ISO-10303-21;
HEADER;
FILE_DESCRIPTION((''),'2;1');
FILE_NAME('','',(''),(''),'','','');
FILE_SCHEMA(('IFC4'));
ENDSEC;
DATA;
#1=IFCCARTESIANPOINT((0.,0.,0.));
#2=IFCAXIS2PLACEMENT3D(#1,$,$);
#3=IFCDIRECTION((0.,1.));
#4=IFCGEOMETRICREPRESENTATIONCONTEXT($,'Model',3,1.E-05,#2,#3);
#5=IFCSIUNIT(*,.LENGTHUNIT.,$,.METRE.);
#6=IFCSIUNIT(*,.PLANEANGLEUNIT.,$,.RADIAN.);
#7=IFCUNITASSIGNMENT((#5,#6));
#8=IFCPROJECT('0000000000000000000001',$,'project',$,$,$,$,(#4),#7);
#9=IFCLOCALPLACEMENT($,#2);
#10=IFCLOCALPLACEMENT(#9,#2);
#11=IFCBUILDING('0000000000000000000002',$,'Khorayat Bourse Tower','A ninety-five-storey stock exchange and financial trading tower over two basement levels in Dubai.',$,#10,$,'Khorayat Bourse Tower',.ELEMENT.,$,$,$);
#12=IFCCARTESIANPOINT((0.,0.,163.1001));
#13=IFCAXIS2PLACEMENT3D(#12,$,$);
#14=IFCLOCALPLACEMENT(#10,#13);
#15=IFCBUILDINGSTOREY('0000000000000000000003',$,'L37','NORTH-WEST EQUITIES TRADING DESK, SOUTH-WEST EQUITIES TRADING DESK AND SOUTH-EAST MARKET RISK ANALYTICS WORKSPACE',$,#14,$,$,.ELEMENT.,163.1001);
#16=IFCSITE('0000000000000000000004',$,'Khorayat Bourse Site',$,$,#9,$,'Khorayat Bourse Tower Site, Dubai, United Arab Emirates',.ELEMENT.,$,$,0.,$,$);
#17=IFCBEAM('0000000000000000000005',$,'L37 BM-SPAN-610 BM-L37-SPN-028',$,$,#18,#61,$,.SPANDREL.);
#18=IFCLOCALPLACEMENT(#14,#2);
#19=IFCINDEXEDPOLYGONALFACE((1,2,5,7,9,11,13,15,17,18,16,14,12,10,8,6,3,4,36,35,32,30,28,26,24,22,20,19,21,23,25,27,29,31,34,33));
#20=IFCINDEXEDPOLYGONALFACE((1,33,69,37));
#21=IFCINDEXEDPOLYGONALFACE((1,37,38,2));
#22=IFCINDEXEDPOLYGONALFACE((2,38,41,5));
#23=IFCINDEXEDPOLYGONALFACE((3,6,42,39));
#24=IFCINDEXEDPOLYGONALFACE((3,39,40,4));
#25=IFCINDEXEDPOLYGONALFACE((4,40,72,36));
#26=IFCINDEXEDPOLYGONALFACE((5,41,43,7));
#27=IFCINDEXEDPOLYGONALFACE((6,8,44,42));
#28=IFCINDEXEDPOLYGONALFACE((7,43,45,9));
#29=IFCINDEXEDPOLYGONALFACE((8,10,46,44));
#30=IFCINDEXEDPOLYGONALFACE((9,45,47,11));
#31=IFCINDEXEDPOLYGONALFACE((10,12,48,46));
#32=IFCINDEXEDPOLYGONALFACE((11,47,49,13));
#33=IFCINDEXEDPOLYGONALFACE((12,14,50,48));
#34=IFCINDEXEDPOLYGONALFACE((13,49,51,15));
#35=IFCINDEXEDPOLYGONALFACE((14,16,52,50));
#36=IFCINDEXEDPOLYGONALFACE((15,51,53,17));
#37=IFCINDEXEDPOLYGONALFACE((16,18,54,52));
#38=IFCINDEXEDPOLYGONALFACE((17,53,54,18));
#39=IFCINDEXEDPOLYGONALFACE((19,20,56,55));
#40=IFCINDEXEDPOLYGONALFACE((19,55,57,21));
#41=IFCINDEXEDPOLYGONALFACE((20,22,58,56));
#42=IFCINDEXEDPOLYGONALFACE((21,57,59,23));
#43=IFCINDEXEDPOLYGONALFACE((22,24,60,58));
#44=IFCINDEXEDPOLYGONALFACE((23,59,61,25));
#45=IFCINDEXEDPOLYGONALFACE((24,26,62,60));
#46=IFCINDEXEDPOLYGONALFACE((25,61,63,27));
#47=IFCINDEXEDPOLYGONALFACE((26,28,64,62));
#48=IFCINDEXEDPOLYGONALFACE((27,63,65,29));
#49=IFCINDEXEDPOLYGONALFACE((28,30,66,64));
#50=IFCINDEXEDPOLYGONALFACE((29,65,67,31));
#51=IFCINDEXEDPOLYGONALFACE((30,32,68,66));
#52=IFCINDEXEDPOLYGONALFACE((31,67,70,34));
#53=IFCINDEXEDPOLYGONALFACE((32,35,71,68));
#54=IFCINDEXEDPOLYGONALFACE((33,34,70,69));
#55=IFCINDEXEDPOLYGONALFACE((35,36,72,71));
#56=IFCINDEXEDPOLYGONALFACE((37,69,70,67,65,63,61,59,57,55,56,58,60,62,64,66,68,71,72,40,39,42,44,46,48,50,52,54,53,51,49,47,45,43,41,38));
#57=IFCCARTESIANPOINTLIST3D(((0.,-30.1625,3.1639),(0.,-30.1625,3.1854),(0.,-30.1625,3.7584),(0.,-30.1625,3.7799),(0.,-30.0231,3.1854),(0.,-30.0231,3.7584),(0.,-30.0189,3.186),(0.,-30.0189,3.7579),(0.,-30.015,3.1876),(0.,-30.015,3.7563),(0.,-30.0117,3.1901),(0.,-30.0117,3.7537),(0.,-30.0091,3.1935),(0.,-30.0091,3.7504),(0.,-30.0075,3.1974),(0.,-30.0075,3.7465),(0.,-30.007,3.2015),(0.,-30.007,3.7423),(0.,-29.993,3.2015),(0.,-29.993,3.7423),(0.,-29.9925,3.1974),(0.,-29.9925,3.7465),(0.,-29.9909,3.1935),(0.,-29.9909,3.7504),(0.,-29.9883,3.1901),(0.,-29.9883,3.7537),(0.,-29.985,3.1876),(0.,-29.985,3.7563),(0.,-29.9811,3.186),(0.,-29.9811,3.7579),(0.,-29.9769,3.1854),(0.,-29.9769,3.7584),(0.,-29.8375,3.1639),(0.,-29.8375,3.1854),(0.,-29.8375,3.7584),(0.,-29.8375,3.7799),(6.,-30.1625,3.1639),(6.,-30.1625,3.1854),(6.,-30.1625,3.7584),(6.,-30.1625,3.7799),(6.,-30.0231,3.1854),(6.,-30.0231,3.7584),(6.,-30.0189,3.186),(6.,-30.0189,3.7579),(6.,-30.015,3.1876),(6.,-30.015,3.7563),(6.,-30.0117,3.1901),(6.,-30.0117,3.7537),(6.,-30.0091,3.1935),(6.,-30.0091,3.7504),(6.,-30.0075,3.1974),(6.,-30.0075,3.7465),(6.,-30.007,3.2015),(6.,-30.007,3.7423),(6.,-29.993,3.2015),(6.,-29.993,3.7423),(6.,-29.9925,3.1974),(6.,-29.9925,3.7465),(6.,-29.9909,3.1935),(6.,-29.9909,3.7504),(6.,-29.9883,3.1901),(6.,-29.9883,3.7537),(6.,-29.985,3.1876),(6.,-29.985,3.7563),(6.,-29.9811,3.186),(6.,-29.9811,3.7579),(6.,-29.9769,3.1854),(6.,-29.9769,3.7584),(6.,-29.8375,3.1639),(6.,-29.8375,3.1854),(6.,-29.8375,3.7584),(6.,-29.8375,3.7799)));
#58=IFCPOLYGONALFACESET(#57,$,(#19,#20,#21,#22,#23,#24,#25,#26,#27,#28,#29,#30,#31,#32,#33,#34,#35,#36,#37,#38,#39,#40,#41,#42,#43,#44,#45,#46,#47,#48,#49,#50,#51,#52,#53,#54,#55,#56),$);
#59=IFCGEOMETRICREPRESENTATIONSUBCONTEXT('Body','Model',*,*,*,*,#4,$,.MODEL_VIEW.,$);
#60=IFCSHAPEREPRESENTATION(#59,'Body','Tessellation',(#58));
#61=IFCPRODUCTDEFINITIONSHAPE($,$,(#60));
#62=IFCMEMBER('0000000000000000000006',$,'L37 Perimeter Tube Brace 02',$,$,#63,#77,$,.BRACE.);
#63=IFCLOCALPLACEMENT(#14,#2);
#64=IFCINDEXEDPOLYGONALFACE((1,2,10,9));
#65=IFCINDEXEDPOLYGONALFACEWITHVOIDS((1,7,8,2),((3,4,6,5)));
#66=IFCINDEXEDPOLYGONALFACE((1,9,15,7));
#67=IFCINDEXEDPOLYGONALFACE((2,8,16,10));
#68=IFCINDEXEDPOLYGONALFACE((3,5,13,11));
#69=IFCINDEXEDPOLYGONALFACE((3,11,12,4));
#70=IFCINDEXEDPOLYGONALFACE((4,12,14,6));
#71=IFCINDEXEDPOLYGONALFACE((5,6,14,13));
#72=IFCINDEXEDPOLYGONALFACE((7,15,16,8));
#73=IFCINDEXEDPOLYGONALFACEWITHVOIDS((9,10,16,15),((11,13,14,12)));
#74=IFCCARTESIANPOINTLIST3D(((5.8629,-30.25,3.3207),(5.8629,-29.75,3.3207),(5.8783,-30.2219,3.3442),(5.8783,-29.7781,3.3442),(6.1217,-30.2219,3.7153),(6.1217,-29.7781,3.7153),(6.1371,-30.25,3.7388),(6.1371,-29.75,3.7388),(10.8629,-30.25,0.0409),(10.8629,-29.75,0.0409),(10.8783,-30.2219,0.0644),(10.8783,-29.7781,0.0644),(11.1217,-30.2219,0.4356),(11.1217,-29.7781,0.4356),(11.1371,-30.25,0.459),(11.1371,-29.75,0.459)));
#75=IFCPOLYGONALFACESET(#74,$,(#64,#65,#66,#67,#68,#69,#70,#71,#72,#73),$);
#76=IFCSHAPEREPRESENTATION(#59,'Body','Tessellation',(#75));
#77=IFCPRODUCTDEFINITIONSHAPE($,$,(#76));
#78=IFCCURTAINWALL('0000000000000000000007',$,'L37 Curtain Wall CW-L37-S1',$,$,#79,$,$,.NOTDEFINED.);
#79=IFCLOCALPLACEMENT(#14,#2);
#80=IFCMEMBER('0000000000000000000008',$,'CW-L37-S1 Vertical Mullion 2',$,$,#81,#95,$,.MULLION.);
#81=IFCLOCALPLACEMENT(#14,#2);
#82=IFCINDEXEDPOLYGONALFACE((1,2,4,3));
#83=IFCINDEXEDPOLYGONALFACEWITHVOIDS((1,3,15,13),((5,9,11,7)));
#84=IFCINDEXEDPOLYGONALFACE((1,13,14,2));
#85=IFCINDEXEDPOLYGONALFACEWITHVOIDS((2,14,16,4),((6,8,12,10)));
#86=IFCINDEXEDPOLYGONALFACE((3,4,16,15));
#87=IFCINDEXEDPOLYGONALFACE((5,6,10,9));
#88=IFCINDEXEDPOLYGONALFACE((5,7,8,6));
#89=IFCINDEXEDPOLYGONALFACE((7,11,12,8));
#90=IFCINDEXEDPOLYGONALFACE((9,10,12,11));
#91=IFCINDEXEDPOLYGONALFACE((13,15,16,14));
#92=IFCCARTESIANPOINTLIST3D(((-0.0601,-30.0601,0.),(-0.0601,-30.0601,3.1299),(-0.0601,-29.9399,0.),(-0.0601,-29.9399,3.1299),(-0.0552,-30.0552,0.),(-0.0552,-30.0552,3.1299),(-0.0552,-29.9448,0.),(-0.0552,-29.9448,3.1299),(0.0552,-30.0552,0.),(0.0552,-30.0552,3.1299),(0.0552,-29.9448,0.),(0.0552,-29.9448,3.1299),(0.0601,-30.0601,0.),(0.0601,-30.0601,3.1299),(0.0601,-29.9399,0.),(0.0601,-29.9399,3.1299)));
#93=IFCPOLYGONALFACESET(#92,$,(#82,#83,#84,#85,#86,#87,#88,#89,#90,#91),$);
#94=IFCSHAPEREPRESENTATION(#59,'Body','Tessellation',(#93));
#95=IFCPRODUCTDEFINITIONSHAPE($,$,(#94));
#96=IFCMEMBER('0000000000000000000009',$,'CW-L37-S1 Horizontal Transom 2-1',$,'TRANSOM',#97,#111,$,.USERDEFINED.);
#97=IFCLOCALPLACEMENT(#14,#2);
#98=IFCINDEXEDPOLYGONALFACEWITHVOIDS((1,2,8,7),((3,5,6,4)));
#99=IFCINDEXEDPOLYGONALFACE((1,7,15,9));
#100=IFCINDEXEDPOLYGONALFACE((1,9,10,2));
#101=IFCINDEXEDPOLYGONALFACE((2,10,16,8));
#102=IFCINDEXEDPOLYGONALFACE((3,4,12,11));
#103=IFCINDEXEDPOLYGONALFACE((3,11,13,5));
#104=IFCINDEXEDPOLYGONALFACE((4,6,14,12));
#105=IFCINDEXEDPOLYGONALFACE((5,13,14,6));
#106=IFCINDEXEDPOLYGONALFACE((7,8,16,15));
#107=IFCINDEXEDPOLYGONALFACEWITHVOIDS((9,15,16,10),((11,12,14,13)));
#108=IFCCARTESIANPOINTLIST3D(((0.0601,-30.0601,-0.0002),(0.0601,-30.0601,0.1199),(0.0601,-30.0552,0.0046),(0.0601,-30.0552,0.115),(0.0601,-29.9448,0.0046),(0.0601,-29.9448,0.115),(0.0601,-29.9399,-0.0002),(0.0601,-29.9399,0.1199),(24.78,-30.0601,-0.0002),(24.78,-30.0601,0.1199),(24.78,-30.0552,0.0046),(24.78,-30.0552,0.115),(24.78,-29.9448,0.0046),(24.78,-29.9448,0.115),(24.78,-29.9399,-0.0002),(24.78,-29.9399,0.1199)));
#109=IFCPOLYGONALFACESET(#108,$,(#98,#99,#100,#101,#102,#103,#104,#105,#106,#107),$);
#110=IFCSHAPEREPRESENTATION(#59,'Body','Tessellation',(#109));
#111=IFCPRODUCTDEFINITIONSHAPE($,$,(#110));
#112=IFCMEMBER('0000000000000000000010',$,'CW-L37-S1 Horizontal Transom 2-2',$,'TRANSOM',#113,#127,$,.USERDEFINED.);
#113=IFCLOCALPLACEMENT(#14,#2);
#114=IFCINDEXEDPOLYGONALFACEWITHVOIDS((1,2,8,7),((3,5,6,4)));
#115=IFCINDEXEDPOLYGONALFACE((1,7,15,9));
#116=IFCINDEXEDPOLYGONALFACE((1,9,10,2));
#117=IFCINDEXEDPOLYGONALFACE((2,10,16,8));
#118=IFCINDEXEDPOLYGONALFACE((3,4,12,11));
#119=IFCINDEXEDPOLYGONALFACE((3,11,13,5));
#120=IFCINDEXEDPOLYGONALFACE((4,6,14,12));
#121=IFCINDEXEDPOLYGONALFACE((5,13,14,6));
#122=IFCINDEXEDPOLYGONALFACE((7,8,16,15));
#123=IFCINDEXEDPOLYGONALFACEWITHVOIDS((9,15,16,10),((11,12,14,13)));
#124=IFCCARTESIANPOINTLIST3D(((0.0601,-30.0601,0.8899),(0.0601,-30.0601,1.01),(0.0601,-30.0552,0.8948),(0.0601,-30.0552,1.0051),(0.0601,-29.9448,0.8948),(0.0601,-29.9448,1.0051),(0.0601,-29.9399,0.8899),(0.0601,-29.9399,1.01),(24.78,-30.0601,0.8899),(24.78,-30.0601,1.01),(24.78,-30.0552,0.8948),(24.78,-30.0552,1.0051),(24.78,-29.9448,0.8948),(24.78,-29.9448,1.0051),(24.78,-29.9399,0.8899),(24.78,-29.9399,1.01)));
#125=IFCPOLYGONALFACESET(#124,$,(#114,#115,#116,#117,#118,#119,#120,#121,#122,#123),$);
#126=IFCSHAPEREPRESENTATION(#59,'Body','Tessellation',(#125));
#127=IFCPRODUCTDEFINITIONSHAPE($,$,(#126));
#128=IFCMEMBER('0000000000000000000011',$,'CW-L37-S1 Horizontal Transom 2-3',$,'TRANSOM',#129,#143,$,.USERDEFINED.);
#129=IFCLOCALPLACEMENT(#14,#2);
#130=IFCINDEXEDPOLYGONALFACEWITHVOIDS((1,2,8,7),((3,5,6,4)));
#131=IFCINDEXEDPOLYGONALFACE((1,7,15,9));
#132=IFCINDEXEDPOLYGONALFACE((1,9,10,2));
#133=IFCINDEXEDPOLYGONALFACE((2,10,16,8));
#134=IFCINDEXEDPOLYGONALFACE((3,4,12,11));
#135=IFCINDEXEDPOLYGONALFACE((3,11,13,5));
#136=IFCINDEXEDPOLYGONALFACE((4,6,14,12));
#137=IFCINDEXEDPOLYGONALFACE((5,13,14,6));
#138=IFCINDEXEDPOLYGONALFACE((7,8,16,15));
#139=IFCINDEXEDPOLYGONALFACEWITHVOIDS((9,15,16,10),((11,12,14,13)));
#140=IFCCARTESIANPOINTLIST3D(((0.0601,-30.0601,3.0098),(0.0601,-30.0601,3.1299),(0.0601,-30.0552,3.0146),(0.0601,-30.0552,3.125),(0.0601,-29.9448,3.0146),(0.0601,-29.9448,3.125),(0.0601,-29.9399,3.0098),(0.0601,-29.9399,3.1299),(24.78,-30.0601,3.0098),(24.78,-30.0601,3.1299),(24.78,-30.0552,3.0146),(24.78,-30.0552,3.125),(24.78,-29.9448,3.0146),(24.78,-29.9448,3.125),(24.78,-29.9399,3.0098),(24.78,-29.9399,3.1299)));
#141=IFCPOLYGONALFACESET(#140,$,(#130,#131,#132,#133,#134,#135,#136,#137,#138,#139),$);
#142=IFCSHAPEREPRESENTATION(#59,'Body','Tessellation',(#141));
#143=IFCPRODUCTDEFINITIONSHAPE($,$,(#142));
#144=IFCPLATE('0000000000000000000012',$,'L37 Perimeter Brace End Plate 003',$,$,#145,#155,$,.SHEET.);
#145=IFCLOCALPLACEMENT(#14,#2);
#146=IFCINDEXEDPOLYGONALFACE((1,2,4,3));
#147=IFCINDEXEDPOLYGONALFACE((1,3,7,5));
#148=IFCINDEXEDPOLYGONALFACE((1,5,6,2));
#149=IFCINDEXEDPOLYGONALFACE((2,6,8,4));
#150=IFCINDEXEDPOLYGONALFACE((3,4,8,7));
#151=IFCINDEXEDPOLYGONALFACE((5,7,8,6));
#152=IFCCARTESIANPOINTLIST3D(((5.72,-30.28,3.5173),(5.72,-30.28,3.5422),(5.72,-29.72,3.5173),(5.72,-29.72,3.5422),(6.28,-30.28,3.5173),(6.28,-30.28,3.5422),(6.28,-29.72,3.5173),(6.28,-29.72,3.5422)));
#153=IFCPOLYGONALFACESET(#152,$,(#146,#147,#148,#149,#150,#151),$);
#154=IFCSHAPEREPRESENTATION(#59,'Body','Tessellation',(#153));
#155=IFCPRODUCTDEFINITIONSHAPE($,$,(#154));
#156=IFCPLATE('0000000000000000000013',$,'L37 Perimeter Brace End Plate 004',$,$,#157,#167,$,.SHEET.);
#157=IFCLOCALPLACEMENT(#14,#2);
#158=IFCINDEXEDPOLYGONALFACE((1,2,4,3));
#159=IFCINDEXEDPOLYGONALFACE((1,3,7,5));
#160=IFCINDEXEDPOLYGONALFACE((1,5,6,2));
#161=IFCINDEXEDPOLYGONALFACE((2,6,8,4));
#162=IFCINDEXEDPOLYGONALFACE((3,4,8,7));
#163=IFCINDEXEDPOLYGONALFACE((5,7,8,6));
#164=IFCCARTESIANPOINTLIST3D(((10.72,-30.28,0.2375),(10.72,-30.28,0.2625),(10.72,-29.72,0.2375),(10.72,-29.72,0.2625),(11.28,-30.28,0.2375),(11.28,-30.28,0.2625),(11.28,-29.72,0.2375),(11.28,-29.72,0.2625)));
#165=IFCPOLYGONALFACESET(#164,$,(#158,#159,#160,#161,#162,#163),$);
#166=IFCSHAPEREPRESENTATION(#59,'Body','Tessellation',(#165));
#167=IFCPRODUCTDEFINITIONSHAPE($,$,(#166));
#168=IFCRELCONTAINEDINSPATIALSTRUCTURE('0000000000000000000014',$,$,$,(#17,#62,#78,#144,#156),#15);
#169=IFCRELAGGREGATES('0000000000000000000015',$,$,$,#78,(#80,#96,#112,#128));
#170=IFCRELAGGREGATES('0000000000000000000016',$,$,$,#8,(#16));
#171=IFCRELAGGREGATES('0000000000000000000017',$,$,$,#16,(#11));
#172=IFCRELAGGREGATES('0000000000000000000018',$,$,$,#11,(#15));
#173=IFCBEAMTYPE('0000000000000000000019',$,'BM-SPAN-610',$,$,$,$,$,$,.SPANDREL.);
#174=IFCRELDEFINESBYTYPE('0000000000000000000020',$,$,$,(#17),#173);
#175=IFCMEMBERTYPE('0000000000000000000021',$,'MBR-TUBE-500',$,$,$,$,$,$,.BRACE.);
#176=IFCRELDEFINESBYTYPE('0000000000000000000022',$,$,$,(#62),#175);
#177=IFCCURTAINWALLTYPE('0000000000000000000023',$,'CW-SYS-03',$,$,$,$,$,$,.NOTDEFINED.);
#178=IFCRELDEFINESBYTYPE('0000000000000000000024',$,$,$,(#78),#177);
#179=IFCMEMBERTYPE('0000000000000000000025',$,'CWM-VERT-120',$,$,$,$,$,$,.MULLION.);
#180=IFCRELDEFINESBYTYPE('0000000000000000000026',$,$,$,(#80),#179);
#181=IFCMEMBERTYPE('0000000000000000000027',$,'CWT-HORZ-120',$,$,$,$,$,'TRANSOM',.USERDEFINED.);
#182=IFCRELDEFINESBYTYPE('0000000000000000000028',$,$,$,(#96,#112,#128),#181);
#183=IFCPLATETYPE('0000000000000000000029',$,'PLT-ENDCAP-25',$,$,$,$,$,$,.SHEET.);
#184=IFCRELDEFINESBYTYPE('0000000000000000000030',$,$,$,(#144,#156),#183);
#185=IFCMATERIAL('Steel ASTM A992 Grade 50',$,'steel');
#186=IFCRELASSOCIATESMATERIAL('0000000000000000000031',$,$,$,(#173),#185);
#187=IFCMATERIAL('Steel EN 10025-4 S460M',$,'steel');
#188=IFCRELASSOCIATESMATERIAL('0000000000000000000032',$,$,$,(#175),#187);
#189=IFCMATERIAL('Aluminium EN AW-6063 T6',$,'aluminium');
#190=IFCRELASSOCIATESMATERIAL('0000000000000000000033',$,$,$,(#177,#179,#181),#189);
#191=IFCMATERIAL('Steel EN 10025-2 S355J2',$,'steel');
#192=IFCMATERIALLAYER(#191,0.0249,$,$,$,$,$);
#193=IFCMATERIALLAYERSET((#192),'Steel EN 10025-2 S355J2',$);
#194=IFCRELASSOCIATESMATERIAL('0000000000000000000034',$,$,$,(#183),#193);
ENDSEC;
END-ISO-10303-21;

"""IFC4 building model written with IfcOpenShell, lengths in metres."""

from ifc_helpers import new_model, si_unit, direction, frame, origin, origin_2d, place, context, subcontext, project, spatial, rectangle, hollow_rectangle, i_section, extrude, source, transform, mapped, material, layer, layer_set, material_profile, profile_set, type_object, element, aggregate, save


model = new_model("IFC4")

# Units and contexts
model_context = context("Model", 3, precision=1e-05, world=origin(), true_north=direction((0.0, 1.0)))
body_context = subcontext(model_context, "Body", "Model", "MODEL_VIEW")
ifc_project = project(units=[si_unit("LENGTHUNIT", "METRE"), si_unit("PLANEANGLEUNIT", "RADIAN")], contexts=[model_context])

# Site, building, storey
site_placement = place(None, origin())
site = spatial("IfcSite", under=ifc_project, at=site_placement, Name="Khorayat Bourse Site", LongName="Khorayat Bourse Tower Site, Dubai, United Arab Emirates", CompositionType="ELEMENT", RefElevation=0.0)
building_placement = place(site_placement, origin())
building = spatial("IfcBuilding", under=site, at=building_placement, Name="Khorayat Bourse Tower", Description="A ninety-five-storey stock exchange and financial trading tower over two basement levels in Dubai.", LongName="Khorayat Bourse Tower", CompositionType="ELEMENT")
storey_placement = place(building_placement, frame((0.0, 0.0, 163.1001)))
storey = spatial("IfcBuildingStorey", under=building, at=storey_placement, Name="L37", Description="NORTH-WEST EQUITIES TRADING DESK, SOUTH-WEST EQUITIES TRADING DESK AND SOUTH-EAST MARKET RISK ANALYTICS WORKSPACE", CompositionType="ELEMENT", Elevation=163.1001)

# Shared definitions
ifc_material_1 = material(Name="Steel EN 10025-4 S460M", Category="steel")

# Beam
ifc_material_2 = material(Name="Steel ASTM A992 Grade 50", Category="steel")
ifc_material_profile_1 = material_profile(ifc_material_2, i_section(OverallWidth=0.325, OverallDepth=0.616, WebThickness=0.0139, FlangeThickness=0.0215, FilletRadius=0.0161, at=origin_2d()), Name="W610X174")
ifc_profile_set_1 = profile_set([ifc_material_profile_1], Name="Steel ASTM A992 Grade 50")
beam_type_1 = type_object("IfcBeamType", Name="BM-SPAN-610", PredefinedType="SPANDREL", material=ifc_profile_set_1)
shared_shape_1 = source(origin(), body_context, "Body", "SweptSolid", [
    extrude(i_section(OverallWidth=0.325, OverallDepth=0.616, WebThickness=0.0139, FlangeThickness=0.0215, FilletRadius=0.0161, at=origin_2d()), origin(), (0.0, 0.0, 1.0), 6.0),
])
beam_1_placement = place(storey_placement, frame((0.0, -30.0, 3.4719), z_axis=(1.0, 0.0, 0.0), x_axis=(0.0, 1.0, 0.0)))
element("IfcBeam", 1, at=beam_1_placement, inside=storey, type_object=beam_type_1, Name="L37 BM-SPAN-610 BM-L37-SPN-028", PredefinedType="SPANDREL", context=body_context, shape_type="MappedRepresentation", body=[
    mapped(shared_shape_1, transform((0.0, 0.0, 0.0), scale=1.0)),
])

# Member
ifc_material_profile_2 = material_profile(ifc_material_1, hollow_rectangle(XDim=0.5, YDim=0.5, WallThickness=0.0281, at=origin_2d()), Name="HSS 500x500x28")
ifc_profile_set_2 = profile_set([ifc_material_profile_2], Name="Steel EN 10025-4 S460M")
member_type_1 = type_object("IfcMemberType", Name="MBR-TUBE-500", PredefinedType="BRACE", material=ifc_profile_set_2)
shared_shape_2 = source(origin(), body_context, "Body", "SweptSolid", [
    extrude(hollow_rectangle(XDim=0.5, YDim=0.5, WallThickness=0.0281, at=origin_2d()), origin(), (0.0, 0.0, 1.0), 5.9797),
])
member_1_placement = place(storey_placement, frame((6.0, -30.0, 3.5298), z_axis=(0.83616, 0.0, -0.548485), x_axis=(0.0, 1.0, 0.0)))
element("IfcMember", 2, at=member_1_placement, inside=storey, type_object=member_type_1, Name="L37 Perimeter Tube Brace 02", PredefinedType="BRACE", context=body_context, shape_type="MappedRepresentation", body=[
    mapped(shared_shape_2, transform((0.0, 0.0, 0.0), scale=1.0)),
])

# Curtain wall, members
ifc_material_3 = material(Name="Aluminium EN AW-6063 T6", Category="aluminium")
curtain_wall_type = type_object("IfcCurtainWallType", Name="CW-SYS-03", PredefinedType="NOTDEFINED", material=ifc_material_3)
curtain_wall_placement = place(storey_placement, origin())
curtain_wall = element("IfcCurtainWall", 3, at=curtain_wall_placement, inside=storey, type_object=curtain_wall_type, Name="L37 Curtain Wall CW-L37-S1", PredefinedType="NOTDEFINED")
ifc_material_profile_3 = material_profile(ifc_material_3, hollow_rectangle(XDim=0.1201, YDim=0.1201, WallThickness=0.0049, at=origin_2d()), Name="ALU 120x120x5")
ifc_profile_set_3 = profile_set([ifc_material_profile_3], Name="Aluminium EN AW-6063 T6")
member_type_2 = type_object("IfcMemberType", Name="CWM-VERT-120", PredefinedType="MULLION", material=ifc_profile_set_3)
shared_shape_3 = source(origin(), body_context, "Body", "SweptSolid", [
    extrude(hollow_rectangle(XDim=0.1201, YDim=0.1201, WallThickness=0.0049, at=origin_2d()), origin(), (0.0, 0.0, 1.0), 3.1299),
])
member_2_placement = place(storey_placement, frame((0.0, -30.0, 0.0), z_axis=(0.0, 0.0, 1.0), x_axis=(0.0, 1.0, 0.0)))
member_2 = element("IfcMember", 4, at=member_2_placement, type_object=member_type_2, Name="CW-L37-S1 Vertical Mullion 2", PredefinedType="MULLION", context=body_context, shape_type="MappedRepresentation", body=[
    mapped(shared_shape_3, transform((0.0, 0.0, 0.0), scale=1.0)),
])
ifc_material_profile_4 = material_profile(ifc_material_3, hollow_rectangle(XDim=0.1201, YDim=0.1201, WallThickness=0.0049, at=origin_2d()), Name="ALU 120x120x5")
ifc_profile_set_4 = profile_set([ifc_material_profile_4], Name="Aluminium EN AW-6063 T6")
member_type_3 = type_object("IfcMemberType", Name="CWT-HORZ-120", ElementType="TRANSOM", PredefinedType="USERDEFINED", material=ifc_profile_set_4)
shared_shape_4 = source(origin(), body_context, "Body", "SweptSolid", [
    extrude(hollow_rectangle(XDim=0.1201, YDim=0.1201, WallThickness=0.0049, at=origin_2d()), origin(), (0.0, 0.0, 1.0), 24.72),
])
member_3_placement = place(storey_placement, frame((0.0601, -30.0, 0.0598), z_axis=(1.0, 0.0, 0.0), x_axis=(0.0, 1.0, 0.0)))
member_3 = element("IfcMember", 5, at=member_3_placement, type_object=member_type_3, Name="CW-L37-S1 Horizontal Transom 2-1", ObjectType="TRANSOM", PredefinedType="USERDEFINED", context=body_context, shape_type="MappedRepresentation", body=[
    mapped(shared_shape_4, transform((0.0, 0.0, 0.0), scale=1.0)),
])
member_4_placement = place(storey_placement, frame((0.0601, -30.0, 0.95), z_axis=(1.0, 0.0, 0.0), x_axis=(0.0, 1.0, 0.0)))
member_4 = element("IfcMember", 6, at=member_4_placement, type_object=member_type_3, Name="CW-L37-S1 Horizontal Transom 2-2", ObjectType="TRANSOM", PredefinedType="USERDEFINED", context=body_context, shape_type="MappedRepresentation", body=[
    mapped(shared_shape_4, transform((0.0, 0.0, 0.0), scale=1.0)),
])
member_5_placement = place(storey_placement, frame((0.0601, -30.0, 3.0698), z_axis=(1.0, 0.0, 0.0), x_axis=(0.0, 1.0, 0.0)))
member_5 = element("IfcMember", 7, at=member_5_placement, type_object=member_type_3, Name="CW-L37-S1 Horizontal Transom 2-3", ObjectType="TRANSOM", PredefinedType="USERDEFINED", context=body_context, shape_type="MappedRepresentation", body=[
    mapped(shared_shape_4, transform((0.0, 0.0, 0.0), scale=1.0)),
])
aggregate(curtain_wall, [member_2, member_3, member_4, member_5])

# Plates
ifc_material_4 = material(Name="Steel EN 10025-2 S355J2", Category="steel")
ifc_layer_1 = layer(ifc_material_4, 0.0249)
ifc_layer_set_1 = layer_set([ifc_layer_1], Name="Steel EN 10025-2 S355J2")
plate_type = type_object("IfcPlateType", Name="PLT-ENDCAP-25", PredefinedType="SHEET", material=ifc_layer_set_1)
shared_shape_5 = source(origin(), body_context, "Body", "SweptSolid", [
    extrude(rectangle(XDim=0.5601, YDim=0.5601, at=origin_2d()), origin(), (0.0, 0.0, 1.0), 0.0249),
])
for number, where, z_axis, x_axis, name in (
    (8, (6.0, -30.0, 3.5173), (0.0, 0.0, 1.0), (1.0, 0.0, 0.0), "L37 Perimeter Brace End Plate 003"),
    (9, (11.0, -30.0, 0.2375), (0.0, 0.0, 1.0), (1.0, 0.0, 0.0), "L37 Perimeter Brace End Plate 004"),
):
    element("IfcPlate", number, at=place(storey_placement, frame(where, z_axis=z_axis, x_axis=x_axis)), inside=storey, type_object=plate_type, Name=name, PredefinedType="SHEET", context=body_context, shape_type="MappedRepresentation", body=[
        mapped(shared_shape_5, transform((0.0, 0.0, 0.0), scale=1.0)),
    ])

save(model, "model.ifc")
